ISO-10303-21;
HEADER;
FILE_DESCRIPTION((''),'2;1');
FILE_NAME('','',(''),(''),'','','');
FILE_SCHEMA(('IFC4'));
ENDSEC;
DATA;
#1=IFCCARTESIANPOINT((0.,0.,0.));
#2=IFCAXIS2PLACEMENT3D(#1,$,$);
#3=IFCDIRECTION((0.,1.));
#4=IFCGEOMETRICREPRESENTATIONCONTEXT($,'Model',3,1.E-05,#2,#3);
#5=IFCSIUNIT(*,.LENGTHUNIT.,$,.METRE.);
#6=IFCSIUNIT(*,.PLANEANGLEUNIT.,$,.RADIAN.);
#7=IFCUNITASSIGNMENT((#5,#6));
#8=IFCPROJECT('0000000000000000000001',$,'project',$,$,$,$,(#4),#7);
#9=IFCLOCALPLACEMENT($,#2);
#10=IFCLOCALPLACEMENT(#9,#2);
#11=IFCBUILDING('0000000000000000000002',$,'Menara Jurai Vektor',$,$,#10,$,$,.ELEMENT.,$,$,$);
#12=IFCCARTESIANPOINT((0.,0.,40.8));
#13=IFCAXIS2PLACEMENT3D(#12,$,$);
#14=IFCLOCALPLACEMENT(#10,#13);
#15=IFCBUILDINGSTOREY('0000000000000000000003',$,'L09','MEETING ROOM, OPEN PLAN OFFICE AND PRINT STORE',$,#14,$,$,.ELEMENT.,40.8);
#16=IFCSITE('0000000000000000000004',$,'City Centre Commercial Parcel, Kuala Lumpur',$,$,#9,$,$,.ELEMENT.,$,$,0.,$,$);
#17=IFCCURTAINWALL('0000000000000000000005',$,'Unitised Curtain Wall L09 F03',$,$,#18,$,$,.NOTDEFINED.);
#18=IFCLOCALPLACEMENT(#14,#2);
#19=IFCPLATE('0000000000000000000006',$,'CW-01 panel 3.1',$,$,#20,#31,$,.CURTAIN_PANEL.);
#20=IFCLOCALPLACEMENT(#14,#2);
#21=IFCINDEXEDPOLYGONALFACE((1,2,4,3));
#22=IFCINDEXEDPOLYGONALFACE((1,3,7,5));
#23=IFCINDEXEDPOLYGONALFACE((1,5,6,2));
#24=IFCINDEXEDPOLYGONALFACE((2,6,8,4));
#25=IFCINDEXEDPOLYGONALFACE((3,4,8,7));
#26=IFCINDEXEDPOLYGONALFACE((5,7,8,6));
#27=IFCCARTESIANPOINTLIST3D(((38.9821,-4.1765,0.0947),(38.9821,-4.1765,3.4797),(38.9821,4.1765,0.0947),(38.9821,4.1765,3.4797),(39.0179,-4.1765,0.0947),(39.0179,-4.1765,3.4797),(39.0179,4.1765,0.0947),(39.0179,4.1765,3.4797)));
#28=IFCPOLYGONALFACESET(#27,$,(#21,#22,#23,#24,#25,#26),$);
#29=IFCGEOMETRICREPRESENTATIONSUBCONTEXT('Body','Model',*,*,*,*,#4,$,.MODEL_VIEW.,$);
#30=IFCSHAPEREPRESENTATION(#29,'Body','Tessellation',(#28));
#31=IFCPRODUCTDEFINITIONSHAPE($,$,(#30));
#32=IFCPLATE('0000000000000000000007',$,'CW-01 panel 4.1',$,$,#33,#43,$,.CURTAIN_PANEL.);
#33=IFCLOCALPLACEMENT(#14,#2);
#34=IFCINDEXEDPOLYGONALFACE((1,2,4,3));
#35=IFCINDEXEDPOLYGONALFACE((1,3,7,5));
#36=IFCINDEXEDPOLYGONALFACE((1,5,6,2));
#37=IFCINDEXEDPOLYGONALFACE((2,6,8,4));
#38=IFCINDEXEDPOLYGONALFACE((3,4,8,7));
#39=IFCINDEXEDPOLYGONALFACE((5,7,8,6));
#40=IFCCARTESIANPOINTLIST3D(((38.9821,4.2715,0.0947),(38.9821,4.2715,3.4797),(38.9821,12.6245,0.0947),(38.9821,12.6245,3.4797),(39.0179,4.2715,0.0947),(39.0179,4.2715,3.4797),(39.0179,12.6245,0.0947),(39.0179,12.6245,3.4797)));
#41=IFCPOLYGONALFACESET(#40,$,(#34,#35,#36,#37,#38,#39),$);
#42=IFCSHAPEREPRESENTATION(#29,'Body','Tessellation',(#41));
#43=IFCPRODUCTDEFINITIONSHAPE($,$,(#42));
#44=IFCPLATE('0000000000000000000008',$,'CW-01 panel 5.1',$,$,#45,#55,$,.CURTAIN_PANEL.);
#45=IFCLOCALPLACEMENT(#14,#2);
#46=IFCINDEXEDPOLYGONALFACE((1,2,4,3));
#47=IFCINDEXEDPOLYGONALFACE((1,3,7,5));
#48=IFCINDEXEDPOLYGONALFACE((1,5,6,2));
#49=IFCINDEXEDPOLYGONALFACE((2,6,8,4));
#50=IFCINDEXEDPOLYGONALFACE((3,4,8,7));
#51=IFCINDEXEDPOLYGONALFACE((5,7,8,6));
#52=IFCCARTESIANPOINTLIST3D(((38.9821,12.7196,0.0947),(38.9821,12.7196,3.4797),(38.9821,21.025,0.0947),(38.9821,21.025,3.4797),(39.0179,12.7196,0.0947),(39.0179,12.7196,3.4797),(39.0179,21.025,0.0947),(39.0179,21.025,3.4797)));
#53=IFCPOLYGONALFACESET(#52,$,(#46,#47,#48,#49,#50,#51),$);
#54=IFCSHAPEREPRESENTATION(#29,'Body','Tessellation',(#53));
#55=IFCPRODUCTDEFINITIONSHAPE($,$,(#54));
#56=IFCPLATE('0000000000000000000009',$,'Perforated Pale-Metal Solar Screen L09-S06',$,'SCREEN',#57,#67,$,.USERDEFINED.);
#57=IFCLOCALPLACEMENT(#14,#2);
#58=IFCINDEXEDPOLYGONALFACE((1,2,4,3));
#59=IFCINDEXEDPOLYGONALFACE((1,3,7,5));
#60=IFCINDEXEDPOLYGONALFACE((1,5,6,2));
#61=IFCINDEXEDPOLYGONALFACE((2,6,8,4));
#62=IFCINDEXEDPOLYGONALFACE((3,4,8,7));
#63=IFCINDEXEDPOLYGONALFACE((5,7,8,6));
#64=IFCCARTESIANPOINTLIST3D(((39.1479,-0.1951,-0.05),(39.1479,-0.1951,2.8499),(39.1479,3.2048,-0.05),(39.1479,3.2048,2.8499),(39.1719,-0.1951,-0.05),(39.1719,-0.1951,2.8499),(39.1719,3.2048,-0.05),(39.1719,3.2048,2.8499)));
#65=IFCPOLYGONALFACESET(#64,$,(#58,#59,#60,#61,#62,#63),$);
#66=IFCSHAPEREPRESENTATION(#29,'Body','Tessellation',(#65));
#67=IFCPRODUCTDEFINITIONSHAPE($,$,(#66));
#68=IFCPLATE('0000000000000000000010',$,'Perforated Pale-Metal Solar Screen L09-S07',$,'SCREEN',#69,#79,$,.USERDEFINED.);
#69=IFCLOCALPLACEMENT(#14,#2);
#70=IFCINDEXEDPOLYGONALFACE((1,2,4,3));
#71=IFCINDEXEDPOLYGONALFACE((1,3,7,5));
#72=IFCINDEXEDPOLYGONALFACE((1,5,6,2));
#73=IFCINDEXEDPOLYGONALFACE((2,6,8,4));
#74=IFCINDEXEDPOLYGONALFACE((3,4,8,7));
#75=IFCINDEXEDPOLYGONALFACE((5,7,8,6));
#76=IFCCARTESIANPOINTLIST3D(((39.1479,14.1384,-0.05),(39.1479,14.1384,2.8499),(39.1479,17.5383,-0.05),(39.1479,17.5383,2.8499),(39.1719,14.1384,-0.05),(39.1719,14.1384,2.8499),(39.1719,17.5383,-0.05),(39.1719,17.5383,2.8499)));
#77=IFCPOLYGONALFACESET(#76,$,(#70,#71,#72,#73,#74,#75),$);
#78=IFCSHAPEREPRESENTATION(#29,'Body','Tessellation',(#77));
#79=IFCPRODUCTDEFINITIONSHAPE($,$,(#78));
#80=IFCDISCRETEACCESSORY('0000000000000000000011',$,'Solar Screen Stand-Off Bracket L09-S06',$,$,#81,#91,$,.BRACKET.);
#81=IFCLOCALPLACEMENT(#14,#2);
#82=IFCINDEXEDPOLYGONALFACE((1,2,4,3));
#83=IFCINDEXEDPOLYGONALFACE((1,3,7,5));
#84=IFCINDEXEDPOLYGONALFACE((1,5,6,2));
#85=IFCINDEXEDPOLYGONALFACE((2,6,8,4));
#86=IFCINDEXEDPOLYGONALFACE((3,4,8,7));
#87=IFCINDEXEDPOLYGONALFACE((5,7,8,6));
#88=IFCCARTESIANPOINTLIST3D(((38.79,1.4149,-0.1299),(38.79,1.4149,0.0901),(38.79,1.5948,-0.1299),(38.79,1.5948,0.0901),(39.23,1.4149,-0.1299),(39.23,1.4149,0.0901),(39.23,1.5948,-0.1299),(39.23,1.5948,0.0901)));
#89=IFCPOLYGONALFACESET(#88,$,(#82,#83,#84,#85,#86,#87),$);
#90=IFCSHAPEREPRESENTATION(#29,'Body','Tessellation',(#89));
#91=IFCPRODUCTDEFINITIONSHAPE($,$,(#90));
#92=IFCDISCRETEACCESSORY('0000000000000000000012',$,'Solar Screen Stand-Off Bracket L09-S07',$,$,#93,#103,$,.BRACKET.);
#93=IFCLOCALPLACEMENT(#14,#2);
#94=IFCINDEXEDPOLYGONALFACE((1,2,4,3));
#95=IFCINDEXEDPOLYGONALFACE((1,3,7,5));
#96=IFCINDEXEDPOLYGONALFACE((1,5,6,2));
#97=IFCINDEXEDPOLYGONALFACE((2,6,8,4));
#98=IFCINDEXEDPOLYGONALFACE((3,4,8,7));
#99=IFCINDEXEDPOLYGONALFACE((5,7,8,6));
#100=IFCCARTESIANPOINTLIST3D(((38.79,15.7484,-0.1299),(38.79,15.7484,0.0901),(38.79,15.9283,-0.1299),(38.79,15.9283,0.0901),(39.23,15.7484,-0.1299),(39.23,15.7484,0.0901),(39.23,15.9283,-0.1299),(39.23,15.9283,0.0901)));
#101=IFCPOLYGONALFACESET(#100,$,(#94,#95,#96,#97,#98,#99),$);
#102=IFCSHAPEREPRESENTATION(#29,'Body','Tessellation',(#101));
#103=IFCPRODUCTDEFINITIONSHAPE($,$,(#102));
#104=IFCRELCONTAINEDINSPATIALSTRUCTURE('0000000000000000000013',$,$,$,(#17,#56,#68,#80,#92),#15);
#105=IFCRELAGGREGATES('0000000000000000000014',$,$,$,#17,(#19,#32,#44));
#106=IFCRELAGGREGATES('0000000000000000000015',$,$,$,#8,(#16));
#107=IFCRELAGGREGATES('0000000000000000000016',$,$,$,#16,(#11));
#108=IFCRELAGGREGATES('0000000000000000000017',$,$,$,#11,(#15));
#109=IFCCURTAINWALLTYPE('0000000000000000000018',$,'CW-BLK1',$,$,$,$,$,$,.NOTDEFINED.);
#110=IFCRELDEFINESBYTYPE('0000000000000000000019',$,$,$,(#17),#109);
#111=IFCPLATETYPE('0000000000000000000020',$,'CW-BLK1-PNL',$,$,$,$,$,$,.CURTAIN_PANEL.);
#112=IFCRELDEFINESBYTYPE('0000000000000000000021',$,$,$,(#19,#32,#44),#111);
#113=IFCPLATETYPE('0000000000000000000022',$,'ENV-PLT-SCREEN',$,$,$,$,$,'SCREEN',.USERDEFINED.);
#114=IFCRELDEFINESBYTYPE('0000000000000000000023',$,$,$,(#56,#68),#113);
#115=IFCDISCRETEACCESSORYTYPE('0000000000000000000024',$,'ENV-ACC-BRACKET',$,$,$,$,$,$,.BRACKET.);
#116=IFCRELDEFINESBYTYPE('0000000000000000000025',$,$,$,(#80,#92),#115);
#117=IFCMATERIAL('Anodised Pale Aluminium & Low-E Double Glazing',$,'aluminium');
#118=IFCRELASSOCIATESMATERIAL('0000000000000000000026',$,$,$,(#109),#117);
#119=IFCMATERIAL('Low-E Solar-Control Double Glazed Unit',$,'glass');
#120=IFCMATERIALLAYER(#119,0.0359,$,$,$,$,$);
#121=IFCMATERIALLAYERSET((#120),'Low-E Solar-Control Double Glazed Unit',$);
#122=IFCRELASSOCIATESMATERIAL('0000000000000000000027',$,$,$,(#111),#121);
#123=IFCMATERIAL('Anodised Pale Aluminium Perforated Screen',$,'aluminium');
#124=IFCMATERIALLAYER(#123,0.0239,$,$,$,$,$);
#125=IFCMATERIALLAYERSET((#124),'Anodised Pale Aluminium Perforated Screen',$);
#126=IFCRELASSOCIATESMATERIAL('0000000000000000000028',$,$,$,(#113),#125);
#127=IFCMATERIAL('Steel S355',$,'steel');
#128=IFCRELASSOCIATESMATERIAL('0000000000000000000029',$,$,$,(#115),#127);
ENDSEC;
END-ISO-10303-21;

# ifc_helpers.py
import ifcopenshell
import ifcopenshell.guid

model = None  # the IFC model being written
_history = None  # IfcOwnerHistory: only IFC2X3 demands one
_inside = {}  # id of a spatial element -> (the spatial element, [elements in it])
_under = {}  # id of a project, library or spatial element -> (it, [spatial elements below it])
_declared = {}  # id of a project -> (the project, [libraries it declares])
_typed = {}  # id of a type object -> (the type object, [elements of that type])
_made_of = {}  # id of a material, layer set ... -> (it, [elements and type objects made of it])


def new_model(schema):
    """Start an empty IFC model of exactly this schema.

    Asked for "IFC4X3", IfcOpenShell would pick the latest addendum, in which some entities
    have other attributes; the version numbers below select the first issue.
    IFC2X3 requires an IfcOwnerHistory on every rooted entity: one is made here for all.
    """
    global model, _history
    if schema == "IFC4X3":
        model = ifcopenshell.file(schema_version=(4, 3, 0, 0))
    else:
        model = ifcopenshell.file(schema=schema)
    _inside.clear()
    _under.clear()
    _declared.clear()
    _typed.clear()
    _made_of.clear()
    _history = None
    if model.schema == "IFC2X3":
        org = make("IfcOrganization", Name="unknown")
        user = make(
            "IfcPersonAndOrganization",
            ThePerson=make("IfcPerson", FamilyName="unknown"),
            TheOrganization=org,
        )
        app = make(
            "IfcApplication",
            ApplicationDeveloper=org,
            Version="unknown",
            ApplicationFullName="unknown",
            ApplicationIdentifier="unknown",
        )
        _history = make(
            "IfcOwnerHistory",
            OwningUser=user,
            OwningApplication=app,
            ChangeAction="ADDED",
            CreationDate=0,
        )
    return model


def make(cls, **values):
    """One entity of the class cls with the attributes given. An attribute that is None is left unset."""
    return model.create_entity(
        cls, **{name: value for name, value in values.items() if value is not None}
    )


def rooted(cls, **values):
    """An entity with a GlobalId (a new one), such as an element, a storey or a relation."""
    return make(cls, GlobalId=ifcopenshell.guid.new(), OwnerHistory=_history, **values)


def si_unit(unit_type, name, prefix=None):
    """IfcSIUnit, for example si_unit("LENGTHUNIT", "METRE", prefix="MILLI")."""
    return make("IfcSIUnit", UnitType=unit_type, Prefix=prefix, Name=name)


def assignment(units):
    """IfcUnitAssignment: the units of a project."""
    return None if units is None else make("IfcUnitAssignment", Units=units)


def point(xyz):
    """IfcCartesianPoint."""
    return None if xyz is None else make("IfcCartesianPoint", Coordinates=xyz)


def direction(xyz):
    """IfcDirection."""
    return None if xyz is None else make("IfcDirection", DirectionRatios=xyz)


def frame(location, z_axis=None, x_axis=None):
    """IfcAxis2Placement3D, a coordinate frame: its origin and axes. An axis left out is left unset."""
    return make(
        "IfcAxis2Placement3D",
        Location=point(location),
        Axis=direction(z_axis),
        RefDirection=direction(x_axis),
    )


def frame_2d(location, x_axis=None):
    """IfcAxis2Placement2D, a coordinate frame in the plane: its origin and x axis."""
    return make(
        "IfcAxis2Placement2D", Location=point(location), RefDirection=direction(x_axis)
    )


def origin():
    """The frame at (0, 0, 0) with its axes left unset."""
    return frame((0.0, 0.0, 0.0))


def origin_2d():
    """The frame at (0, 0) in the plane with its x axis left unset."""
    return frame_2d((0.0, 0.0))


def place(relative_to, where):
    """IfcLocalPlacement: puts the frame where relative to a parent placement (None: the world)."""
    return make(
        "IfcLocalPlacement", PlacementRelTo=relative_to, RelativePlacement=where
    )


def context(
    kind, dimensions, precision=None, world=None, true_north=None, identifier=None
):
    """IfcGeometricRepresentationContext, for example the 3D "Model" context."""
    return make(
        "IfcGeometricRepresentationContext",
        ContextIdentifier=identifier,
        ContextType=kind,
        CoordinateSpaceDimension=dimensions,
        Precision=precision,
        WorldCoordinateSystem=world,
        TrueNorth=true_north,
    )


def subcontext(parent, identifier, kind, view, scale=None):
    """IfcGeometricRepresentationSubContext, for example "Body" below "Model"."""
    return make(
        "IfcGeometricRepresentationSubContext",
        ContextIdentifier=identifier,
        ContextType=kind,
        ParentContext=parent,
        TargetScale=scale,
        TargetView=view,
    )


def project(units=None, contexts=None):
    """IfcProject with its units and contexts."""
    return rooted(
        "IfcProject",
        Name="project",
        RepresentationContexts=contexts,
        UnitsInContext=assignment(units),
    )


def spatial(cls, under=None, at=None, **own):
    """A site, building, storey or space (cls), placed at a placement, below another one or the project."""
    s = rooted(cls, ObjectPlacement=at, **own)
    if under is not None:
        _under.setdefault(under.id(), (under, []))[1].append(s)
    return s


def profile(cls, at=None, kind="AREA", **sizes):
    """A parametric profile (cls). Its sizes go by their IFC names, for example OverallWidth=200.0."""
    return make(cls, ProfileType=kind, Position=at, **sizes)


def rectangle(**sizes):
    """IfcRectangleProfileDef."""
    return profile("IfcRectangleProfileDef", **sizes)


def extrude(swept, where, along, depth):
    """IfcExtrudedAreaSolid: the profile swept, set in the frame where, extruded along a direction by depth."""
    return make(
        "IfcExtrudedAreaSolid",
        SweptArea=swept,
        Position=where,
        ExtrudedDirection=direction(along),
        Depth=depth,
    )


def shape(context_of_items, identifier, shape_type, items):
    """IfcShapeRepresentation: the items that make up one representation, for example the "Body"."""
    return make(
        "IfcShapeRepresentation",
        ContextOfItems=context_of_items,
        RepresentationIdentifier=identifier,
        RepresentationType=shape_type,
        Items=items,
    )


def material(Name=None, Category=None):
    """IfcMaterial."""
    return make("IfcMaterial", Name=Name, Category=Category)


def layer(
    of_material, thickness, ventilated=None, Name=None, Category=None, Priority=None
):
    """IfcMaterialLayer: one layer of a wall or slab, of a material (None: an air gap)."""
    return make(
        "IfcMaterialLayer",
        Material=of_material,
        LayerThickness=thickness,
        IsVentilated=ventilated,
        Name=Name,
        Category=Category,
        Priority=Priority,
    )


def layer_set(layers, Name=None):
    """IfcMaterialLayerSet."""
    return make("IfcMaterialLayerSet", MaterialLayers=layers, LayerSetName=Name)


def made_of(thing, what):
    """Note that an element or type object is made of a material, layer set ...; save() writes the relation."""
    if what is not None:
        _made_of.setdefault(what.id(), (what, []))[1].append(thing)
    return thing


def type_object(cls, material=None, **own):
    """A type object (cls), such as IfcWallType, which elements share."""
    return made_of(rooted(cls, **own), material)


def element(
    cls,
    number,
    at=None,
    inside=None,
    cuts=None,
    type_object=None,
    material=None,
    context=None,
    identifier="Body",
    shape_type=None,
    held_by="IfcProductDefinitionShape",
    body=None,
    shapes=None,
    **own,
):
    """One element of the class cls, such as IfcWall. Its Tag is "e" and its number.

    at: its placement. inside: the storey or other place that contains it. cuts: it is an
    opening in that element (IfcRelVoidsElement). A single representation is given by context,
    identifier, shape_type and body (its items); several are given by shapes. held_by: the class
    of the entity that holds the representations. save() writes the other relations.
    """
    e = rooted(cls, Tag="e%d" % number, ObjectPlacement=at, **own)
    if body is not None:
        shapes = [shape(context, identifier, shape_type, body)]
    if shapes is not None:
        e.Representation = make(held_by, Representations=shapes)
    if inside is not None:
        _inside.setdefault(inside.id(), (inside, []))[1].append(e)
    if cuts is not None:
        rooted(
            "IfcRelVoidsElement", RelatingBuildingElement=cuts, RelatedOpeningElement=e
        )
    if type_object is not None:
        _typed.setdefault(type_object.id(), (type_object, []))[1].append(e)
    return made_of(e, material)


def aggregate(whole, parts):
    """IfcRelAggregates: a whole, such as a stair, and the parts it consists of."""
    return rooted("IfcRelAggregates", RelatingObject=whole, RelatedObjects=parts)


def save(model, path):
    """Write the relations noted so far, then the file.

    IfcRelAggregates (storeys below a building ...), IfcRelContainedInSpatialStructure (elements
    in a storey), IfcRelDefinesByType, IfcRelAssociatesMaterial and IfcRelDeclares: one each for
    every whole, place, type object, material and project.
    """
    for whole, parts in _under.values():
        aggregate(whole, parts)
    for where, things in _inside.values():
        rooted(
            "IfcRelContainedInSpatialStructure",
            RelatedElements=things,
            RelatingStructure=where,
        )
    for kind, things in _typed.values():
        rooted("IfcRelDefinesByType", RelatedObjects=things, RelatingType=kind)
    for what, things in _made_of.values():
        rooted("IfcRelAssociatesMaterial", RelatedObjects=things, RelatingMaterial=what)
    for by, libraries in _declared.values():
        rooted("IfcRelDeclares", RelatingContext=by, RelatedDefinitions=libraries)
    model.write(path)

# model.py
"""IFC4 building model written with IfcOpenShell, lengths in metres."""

from ifc_helpers import new_model, si_unit, direction, frame, origin, origin_2d, place, context, subcontext, project, spatial, rectangle, extrude, material, layer, layer_set, type_object, element, aggregate, save


model = new_model("IFC4")

# Units and contexts
model_context = context("Model", 3, precision=1e-05, world=origin(), true_north=direction((0.0, 1.0)))
body_context = subcontext(model_context, "Body", "Model", "MODEL_VIEW")
ifc_project = project(units=[si_unit("LENGTHUNIT", "METRE"), si_unit("PLANEANGLEUNIT", "RADIAN")], contexts=[model_context])

# Site, building, storey
site_placement = place(None, origin())
site = spatial("IfcSite", under=ifc_project, at=site_placement, Name="City Centre Commercial Parcel, Kuala Lumpur", CompositionType="ELEMENT", RefElevation=0.0)
building_placement = place(site_placement, origin())
building = spatial("IfcBuilding", under=site, at=building_placement, Name="Menara Jurai Vektor", CompositionType="ELEMENT")
storey_placement = place(building_placement, frame((0.0, 0.0, 40.8)))
storey = spatial("IfcBuildingStorey", under=building, at=storey_placement, Name="L09", Description="MEETING ROOM, OPEN PLAN OFFICE AND PRINT STORE", CompositionType="ELEMENT", Elevation=40.8)

# Curtain wall
ifc_material_1 = material(Name="Anodised Pale Aluminium & Low-E Double Glazing", Category="aluminium")
curtain_wall_type = type_object("IfcCurtainWallType", Name="CW-BLK1", PredefinedType="NOTDEFINED", material=ifc_material_1)
curtain_wall_placement = place(storey_placement, origin())
curtain_wall = element("IfcCurtainWall", 1, at=curtain_wall_placement, inside=storey, type_object=curtain_wall_type, Name="Unitised Curtain Wall L09 F03", PredefinedType="NOTDEFINED")

# Shared definitions
ifc_material_2 = material(Name="Steel S355", Category="steel")

# Plates
ifc_material_3 = material(Name="Low-E Solar-Control Double Glazed Unit", Category="glass")
ifc_layer_1 = layer(ifc_material_3, 0.0359)
ifc_layer_set_1 = layer_set([ifc_layer_1], Name="Low-E Solar-Control Double Glazed Unit")
plate_type_1 = type_object("IfcPlateType", Name="CW-BLK1-PNL", PredefinedType="CURTAIN_PANEL", material=ifc_layer_set_1)
plate_1_placement = place(storey_placement, frame((39.0, 0.0, 0.0947), z_axis=(0.0, 0.0, 1.0), x_axis=(0.0, 1.0, 0.0)))
plate_1 = element("IfcPlate", 2, at=plate_1_placement, type_object=plate_type_1, Name="CW-01 panel 3.1", PredefinedType="CURTAIN_PANEL", context=body_context, shape_type="SweptSolid", body=[
    extrude(rectangle(XDim=8.353, YDim=0.0359, at=origin_2d()), origin(), (0.0, 0.0, 1.0), 3.385),
])
plate_2_placement = place(storey_placement, frame((39.0, 8.448, 0.0947), z_axis=(0.0, 0.0, 1.0), x_axis=(0.0, 1.0, 0.0)))
plate_2 = element("IfcPlate", 3, at=plate_2_placement, type_object=plate_type_1, Name="CW-01 panel 4.1", PredefinedType="CURTAIN_PANEL", context=body_context, shape_type="SweptSolid", body=[
    extrude(rectangle(XDim=8.353, YDim=0.0359, at=origin_2d()), origin(), (0.0, 0.0, 1.0), 3.385),
])
plate_3_placement = place(storey_placement, frame((39.0, 16.8723, 0.0947), z_axis=(0.0, 0.0, 1.0), x_axis=(0.0, 1.0, 0.0)))
plate_3 = element("IfcPlate", 4, at=plate_3_placement, type_object=plate_type_1, Name="CW-01 panel 5.1", PredefinedType="CURTAIN_PANEL", context=body_context, shape_type="SweptSolid", body=[
    extrude(rectangle(XDim=8.3054, YDim=0.0359, at=origin_2d()), origin(), (0.0, 0.0, 1.0), 3.385),
])
aggregate(curtain_wall, [plate_1, plate_2, plate_3])

# Plates
ifc_material_4 = material(Name="Anodised Pale Aluminium Perforated Screen", Category="aluminium")
ifc_layer_2 = layer(ifc_material_4, 0.0239)
ifc_layer_set_2 = layer_set([ifc_layer_2], Name="Anodised Pale Aluminium Perforated Screen")
plate_type_2 = type_object("IfcPlateType", Name="ENV-PLT-SCREEN", ElementType="SCREEN", PredefinedType="USERDEFINED", material=ifc_layer_set_2)
for number, where, z_axis, x_axis, name in (
    (5, (39.1599, 1.5049, -0.05), (0.0, 0.0, 1.0), (0.0, 1.0, 0.0), "Perforated Pale-Metal Solar Screen L09-S06"),
    (6, (39.1599, 15.8384, -0.05), (0.0, 0.0, 1.0), (0.0, 1.0, 0.0), "Perforated Pale-Metal Solar Screen L09-S07"),
):
    element("IfcPlate", number, at=place(storey_placement, frame(where, z_axis=z_axis, x_axis=x_axis)), inside=storey, type_object=plate_type_2, Name=name, ObjectType="SCREEN", PredefinedType="USERDEFINED", context=body_context, shape_type="SweptSolid", body=[
        extrude(rectangle(XDim=3.3999, YDim=0.0239, at=origin_2d()), origin(), (0.0, 0.0, 1.0), 2.8999),
    ])

# Discrete accessories
discrete_accessory_type = type_object("IfcDiscreteAccessoryType", Name="ENV-ACC-BRACKET", PredefinedType="BRACKET", material=ifc_material_2)
for number, where, z_axis, x_axis, name in (
    (7, (39.01, 1.5049, -0.1299), (0.0, 0.0, 1.0), (0.0, 1.0, 0.0), "Solar Screen Stand-Off Bracket L09-S06"),
    (8, (39.01, 15.8384, -0.1299), (0.0, 0.0, 1.0), (0.0, 1.0, 0.0), "Solar Screen Stand-Off Bracket L09-S07"),
):
    element("IfcDiscreteAccessory", number, at=place(storey_placement, frame(where, z_axis=z_axis, x_axis=x_axis)), inside=storey, type_object=discrete_accessory_type, Name=name, PredefinedType="BRACKET", context=body_context, shape_type="SweptSolid", body=[
        extrude(rectangle(XDim=0.1799, YDim=0.4399, at=origin_2d()), origin(), (0.0, 0.0, 1.0), 0.22),
    ])

save(model, "model.ifc")
